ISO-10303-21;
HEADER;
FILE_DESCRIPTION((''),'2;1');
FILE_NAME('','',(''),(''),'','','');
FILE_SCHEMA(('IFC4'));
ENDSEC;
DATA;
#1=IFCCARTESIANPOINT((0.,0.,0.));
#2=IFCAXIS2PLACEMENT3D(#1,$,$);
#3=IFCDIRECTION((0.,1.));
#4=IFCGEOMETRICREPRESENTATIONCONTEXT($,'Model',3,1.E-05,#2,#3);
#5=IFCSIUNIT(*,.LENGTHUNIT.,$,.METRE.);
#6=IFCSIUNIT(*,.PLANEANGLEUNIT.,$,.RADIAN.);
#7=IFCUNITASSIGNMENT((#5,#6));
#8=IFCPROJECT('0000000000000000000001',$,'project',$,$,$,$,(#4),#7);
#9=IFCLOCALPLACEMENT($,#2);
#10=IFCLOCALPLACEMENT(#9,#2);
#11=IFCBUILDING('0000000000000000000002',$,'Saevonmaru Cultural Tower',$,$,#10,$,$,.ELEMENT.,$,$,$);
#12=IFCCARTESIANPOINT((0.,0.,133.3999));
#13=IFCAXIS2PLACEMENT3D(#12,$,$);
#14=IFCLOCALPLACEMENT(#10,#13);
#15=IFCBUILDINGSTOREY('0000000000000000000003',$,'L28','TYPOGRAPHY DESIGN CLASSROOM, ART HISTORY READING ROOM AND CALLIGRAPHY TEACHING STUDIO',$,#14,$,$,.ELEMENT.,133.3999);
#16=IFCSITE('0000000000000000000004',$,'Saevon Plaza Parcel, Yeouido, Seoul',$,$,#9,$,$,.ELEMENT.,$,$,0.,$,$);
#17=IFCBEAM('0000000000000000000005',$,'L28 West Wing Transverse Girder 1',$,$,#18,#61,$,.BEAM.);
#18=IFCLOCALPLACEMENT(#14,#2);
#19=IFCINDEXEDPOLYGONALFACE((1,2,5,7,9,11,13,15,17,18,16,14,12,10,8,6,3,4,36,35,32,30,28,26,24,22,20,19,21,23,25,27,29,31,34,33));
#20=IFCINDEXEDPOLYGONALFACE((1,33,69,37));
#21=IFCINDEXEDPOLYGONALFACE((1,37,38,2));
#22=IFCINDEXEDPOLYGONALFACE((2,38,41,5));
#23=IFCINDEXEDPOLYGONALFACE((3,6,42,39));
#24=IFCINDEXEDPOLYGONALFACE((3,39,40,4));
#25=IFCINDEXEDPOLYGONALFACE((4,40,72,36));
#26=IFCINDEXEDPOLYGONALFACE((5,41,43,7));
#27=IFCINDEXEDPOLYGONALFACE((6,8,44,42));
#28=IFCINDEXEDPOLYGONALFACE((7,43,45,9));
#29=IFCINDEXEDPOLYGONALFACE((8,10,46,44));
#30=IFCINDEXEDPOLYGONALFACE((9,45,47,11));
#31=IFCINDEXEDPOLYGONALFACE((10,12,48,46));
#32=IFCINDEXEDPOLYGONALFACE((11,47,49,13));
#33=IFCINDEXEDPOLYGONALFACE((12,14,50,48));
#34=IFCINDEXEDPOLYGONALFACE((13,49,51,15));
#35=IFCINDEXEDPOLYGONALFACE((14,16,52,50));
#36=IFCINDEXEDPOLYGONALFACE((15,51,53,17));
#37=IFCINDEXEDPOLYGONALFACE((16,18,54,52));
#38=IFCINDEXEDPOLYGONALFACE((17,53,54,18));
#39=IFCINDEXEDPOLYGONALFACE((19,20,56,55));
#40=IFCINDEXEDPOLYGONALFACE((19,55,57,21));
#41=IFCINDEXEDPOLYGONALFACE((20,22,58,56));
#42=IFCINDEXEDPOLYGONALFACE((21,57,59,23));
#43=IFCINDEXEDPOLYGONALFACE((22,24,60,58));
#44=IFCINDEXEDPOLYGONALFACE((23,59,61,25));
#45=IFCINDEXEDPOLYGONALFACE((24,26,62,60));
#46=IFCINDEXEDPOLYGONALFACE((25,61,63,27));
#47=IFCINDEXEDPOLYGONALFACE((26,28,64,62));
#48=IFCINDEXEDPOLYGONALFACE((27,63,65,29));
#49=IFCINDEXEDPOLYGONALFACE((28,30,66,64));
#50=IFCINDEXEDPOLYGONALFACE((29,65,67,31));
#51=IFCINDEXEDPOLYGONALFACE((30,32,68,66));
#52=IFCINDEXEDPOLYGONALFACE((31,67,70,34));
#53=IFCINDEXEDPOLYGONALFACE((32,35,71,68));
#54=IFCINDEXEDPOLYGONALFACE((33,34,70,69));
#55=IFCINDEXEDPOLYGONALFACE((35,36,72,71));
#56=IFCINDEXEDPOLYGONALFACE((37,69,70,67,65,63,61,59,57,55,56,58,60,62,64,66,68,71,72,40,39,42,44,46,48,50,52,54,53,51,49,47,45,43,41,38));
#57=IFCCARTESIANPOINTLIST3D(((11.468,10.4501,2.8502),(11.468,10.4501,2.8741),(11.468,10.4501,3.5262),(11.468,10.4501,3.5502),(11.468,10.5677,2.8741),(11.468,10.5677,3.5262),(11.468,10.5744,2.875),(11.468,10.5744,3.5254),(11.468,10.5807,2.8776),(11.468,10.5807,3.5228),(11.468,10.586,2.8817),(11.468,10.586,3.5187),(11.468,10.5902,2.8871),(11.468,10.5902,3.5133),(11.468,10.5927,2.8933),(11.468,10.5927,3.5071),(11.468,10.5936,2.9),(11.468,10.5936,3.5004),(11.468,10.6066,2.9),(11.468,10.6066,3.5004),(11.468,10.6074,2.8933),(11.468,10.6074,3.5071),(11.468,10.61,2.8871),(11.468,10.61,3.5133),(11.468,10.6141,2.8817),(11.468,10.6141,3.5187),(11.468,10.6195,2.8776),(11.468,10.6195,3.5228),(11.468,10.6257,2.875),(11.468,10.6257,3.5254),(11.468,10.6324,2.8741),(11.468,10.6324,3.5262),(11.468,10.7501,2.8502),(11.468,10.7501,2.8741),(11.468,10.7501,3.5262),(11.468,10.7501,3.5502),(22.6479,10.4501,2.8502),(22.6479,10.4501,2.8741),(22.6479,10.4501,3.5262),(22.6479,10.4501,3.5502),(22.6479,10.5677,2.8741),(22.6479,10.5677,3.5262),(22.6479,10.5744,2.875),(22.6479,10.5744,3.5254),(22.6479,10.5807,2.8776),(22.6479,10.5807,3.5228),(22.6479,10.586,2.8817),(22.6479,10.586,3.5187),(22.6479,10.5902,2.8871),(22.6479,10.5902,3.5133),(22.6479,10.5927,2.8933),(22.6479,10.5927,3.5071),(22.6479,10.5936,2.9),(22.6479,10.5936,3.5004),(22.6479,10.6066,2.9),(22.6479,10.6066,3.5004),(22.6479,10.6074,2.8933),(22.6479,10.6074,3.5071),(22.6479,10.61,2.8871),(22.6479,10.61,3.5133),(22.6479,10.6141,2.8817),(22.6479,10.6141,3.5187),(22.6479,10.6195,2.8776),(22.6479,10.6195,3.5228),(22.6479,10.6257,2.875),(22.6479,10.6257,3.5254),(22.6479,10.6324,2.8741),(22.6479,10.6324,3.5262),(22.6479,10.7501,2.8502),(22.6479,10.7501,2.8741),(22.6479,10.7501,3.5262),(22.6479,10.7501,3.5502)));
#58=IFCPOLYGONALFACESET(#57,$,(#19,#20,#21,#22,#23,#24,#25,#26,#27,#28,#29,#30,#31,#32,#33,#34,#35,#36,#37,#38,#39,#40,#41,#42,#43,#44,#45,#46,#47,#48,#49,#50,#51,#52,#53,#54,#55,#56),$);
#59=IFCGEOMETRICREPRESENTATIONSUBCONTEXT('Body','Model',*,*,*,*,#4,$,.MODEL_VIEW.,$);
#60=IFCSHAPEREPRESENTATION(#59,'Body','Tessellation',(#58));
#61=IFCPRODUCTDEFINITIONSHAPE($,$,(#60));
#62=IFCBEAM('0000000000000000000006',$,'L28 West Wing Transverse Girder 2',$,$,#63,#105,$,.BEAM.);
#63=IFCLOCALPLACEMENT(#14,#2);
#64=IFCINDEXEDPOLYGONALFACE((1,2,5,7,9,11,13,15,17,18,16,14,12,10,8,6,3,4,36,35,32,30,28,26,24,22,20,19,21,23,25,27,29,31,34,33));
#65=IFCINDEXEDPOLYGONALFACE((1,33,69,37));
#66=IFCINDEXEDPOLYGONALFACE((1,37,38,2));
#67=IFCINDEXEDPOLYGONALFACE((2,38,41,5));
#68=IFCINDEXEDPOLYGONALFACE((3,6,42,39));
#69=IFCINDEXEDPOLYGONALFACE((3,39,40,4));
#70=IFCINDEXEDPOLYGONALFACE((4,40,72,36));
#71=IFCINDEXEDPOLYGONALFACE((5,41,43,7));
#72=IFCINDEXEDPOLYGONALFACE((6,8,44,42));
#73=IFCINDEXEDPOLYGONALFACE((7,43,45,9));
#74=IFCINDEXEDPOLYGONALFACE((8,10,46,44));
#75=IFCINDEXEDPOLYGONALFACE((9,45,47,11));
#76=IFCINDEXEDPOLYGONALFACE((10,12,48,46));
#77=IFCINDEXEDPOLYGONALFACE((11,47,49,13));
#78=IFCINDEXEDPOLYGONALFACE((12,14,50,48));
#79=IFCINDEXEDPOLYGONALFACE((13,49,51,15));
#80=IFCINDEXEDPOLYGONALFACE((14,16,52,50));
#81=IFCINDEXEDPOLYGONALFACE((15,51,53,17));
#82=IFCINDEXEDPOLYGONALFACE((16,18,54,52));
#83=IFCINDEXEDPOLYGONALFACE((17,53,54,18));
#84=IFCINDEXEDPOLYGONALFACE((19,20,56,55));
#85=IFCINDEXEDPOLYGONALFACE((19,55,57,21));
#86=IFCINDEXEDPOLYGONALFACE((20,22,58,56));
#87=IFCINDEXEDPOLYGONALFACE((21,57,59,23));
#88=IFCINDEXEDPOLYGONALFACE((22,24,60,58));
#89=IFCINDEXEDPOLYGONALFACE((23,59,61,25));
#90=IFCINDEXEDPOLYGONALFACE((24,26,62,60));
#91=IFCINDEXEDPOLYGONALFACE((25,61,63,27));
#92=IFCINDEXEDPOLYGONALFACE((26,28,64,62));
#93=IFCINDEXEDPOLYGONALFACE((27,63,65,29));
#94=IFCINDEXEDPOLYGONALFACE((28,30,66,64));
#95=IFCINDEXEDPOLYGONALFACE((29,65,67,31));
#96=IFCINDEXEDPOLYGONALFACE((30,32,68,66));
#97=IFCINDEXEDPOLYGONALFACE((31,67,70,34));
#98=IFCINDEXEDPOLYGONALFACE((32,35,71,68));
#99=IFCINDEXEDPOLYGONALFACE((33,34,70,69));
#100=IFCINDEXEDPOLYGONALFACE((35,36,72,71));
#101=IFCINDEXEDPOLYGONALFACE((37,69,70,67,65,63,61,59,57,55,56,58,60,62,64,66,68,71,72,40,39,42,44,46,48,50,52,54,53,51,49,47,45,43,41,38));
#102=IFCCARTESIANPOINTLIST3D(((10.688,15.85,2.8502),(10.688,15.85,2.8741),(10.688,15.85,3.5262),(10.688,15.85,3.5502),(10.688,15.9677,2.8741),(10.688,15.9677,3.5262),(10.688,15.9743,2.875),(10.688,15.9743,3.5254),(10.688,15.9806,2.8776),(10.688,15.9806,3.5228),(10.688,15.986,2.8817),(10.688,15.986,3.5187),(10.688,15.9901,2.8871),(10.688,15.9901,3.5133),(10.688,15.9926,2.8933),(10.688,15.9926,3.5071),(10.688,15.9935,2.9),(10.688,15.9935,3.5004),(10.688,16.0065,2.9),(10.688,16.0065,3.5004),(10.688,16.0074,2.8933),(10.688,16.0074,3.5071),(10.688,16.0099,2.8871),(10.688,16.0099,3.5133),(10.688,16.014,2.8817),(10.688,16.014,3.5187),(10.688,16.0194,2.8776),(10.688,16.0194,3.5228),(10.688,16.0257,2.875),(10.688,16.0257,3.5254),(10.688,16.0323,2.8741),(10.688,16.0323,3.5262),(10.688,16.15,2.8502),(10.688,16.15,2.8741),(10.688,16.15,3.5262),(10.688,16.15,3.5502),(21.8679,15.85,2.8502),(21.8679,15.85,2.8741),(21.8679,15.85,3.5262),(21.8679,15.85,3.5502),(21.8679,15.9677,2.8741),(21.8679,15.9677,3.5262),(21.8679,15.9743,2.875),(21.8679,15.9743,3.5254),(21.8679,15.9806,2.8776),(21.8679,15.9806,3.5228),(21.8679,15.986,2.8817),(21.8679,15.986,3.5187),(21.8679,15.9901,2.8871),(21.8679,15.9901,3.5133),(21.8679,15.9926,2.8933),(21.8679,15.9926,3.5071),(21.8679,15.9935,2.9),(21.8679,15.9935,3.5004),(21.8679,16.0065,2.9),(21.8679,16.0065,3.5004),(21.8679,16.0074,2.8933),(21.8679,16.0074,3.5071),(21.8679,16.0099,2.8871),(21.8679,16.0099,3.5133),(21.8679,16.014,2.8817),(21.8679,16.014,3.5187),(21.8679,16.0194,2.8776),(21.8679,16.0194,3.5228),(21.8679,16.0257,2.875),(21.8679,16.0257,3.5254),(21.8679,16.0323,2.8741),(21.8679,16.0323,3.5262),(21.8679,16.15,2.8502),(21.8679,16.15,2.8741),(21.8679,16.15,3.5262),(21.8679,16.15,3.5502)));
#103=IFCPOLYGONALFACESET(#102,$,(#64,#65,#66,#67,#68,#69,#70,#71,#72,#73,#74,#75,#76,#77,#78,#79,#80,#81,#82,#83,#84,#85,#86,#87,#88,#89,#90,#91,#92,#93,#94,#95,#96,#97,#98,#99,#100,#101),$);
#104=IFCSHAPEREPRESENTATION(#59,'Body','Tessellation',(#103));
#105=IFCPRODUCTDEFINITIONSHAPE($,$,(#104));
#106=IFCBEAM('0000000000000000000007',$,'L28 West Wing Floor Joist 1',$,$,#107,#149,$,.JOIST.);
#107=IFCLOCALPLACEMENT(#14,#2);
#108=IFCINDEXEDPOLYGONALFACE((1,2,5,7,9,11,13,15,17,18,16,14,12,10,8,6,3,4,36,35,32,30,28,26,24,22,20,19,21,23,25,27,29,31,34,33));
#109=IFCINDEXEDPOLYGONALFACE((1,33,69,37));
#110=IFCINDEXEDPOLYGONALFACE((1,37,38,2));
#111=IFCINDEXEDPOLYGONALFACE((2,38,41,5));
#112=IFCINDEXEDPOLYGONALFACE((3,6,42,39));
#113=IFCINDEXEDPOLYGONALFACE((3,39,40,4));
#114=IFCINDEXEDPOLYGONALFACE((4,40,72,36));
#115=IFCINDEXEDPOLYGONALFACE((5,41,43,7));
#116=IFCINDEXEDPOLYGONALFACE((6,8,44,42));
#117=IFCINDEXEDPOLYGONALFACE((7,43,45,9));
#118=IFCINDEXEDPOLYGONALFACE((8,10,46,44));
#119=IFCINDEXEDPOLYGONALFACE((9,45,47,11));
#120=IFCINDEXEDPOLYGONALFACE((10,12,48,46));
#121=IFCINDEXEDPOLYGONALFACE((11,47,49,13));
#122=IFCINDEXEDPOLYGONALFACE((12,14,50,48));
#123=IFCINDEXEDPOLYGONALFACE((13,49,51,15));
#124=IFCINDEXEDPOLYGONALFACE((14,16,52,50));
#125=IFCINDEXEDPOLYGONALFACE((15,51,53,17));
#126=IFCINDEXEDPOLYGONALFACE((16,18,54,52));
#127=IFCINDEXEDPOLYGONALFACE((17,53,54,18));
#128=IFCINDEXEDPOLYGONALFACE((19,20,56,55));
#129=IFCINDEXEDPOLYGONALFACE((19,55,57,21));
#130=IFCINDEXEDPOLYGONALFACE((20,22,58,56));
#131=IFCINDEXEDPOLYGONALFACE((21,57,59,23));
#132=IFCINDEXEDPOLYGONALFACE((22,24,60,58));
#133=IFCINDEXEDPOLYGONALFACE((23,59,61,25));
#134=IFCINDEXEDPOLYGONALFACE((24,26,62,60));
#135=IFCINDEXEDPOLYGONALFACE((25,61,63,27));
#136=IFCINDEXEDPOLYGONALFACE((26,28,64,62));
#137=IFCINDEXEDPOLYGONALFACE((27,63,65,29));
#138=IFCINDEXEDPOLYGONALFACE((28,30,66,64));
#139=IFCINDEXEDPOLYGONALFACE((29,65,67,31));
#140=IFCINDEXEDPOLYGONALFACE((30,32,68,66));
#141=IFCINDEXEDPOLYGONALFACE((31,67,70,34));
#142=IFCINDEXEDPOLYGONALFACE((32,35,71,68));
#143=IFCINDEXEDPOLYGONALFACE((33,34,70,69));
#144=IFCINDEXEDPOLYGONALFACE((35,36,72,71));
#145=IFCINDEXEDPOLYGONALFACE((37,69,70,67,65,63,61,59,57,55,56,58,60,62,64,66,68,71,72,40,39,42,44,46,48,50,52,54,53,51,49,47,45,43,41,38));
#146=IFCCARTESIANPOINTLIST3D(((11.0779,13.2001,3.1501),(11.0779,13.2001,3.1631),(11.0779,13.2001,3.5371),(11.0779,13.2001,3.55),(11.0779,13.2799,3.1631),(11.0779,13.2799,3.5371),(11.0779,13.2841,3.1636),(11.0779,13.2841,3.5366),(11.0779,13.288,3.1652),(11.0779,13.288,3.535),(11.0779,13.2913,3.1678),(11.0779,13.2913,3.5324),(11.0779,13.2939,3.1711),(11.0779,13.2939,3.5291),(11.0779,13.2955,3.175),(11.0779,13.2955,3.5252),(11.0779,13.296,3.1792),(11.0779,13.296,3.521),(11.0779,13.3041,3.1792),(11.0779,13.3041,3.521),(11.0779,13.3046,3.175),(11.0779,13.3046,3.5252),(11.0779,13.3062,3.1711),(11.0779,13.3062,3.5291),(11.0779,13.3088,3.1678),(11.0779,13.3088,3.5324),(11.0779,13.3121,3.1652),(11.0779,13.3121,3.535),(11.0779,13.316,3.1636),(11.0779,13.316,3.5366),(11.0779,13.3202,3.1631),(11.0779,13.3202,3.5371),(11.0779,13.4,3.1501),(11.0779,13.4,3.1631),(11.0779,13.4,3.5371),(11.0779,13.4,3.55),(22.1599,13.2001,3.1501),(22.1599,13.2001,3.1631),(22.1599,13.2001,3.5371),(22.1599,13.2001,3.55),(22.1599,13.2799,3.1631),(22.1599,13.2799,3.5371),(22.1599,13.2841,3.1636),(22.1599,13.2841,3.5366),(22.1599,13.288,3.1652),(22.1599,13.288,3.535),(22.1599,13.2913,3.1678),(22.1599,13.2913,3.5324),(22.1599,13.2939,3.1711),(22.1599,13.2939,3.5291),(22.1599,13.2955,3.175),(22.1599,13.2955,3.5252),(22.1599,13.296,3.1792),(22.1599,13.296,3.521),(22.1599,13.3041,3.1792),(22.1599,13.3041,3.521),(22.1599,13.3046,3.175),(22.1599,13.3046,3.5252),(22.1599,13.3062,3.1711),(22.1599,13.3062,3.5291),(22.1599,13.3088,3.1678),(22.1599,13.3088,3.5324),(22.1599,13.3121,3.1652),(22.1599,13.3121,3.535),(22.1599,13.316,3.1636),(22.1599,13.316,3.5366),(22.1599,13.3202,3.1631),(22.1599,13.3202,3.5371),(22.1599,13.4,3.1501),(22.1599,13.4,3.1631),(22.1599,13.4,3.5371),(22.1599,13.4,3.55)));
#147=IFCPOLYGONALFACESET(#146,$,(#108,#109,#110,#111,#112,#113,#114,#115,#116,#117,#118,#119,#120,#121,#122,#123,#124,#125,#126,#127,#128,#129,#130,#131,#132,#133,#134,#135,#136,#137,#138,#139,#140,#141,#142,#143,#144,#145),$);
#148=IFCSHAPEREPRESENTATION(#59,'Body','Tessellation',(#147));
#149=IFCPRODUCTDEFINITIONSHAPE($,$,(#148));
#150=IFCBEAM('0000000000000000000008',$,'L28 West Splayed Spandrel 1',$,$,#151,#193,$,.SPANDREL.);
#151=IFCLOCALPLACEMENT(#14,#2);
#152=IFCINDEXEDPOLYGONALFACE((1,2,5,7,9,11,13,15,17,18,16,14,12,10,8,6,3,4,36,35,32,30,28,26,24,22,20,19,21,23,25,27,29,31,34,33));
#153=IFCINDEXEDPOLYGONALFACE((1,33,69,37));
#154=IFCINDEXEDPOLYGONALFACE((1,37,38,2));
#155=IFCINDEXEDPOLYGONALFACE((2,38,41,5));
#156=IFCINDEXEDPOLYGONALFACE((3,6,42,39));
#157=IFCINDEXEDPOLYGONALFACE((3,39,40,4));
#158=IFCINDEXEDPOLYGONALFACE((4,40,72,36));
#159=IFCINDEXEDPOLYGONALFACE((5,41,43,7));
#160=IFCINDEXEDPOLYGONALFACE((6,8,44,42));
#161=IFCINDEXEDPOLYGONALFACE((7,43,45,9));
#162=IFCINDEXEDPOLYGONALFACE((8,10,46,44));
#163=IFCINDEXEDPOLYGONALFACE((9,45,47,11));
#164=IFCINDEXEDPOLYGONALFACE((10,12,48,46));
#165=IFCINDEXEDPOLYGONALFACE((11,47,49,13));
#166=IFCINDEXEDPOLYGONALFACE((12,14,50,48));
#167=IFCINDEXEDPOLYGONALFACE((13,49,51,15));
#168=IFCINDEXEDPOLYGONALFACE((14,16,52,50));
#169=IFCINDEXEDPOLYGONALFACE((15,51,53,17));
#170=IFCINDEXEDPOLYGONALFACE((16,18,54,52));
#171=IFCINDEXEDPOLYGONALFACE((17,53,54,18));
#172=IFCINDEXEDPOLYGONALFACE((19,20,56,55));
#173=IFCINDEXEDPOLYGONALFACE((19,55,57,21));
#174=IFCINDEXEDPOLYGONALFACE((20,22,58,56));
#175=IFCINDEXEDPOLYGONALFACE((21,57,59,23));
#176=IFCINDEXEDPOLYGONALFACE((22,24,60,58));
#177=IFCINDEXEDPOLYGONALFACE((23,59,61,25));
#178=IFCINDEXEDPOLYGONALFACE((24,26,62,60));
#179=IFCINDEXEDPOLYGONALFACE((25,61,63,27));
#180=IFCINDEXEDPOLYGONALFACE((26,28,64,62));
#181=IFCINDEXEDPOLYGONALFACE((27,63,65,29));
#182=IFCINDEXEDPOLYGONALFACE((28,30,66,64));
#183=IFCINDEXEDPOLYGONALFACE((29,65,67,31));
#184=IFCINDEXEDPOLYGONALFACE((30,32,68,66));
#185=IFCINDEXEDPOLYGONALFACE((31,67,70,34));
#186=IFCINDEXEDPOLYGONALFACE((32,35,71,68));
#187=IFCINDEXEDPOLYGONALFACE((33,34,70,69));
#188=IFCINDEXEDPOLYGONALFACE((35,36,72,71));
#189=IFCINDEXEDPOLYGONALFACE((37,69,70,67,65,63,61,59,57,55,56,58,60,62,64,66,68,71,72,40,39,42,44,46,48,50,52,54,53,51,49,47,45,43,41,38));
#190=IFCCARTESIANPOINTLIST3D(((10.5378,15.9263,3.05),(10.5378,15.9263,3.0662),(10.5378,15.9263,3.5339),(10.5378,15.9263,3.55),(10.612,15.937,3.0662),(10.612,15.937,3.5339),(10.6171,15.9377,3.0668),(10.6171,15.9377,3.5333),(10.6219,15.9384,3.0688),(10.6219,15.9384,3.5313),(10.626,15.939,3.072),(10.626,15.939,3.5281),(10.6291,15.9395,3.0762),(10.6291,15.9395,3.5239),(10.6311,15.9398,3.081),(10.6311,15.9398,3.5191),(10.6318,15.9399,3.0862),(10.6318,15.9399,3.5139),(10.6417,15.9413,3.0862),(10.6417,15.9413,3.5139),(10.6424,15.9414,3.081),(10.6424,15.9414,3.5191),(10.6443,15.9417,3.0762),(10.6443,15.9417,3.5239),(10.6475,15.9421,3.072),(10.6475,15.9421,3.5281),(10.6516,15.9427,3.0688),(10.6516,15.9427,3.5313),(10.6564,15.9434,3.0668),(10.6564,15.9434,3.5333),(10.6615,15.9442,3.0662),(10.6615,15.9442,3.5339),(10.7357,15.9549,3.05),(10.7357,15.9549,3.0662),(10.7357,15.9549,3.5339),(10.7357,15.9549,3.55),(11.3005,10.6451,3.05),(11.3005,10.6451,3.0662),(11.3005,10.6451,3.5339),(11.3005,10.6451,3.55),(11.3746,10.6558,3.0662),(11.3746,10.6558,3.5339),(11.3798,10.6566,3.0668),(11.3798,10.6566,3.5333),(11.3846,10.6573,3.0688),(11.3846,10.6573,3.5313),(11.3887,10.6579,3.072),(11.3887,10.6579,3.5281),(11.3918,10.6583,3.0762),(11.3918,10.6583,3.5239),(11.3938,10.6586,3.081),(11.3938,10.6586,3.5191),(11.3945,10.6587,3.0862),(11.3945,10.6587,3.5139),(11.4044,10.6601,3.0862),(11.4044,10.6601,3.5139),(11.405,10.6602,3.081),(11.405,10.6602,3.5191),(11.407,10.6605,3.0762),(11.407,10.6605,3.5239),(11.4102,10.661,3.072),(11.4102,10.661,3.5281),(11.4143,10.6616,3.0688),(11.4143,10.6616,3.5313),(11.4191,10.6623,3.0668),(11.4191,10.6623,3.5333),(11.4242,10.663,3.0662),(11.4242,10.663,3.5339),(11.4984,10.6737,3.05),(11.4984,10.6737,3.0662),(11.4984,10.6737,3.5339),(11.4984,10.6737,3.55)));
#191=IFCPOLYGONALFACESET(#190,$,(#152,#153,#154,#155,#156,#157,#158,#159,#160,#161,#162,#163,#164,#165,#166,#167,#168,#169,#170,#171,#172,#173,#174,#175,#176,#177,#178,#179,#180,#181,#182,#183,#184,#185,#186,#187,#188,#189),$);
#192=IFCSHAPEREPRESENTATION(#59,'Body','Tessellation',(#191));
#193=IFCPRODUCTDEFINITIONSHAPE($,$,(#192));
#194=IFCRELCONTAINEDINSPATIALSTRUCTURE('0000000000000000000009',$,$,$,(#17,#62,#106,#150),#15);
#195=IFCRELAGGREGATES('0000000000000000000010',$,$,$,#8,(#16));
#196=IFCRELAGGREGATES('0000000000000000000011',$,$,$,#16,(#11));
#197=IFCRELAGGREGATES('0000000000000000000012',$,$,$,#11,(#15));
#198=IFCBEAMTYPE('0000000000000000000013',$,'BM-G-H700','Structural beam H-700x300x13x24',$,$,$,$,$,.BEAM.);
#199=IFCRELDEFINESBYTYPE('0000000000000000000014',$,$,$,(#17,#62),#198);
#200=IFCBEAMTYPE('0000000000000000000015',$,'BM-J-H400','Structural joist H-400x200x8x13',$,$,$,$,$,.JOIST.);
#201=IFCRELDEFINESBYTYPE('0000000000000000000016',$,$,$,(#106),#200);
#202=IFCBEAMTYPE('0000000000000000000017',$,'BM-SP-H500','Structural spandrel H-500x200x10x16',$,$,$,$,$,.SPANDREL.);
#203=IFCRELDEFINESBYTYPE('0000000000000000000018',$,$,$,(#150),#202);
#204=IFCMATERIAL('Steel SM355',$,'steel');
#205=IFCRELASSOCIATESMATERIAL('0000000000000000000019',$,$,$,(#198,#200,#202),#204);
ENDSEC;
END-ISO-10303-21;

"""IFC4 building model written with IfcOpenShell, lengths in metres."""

from ifc_helpers import new_model, si_unit, direction, frame, origin, origin_2d, place, context, subcontext, project, spatial, i_section, extrude, material, material_profile, profile_set, type_object, element, save


model = new_model("IFC4")

# Units and contexts
model_context = context("Model", 3, precision=1e-05, world=origin(), true_north=direction((0.0, 1.0)))
body_context = subcontext(model_context, "Body", "Model", "MODEL_VIEW")
ifc_project = project(units=[si_unit("LENGTHUNIT", "METRE"), si_unit("PLANEANGLEUNIT", "RADIAN")], contexts=[model_context])

# Site, building, storey
site_placement = place(None, origin())
site = spatial("IfcSite", under=ifc_project, at=site_placement, Name="Saevon Plaza Parcel, Yeouido, Seoul", CompositionType="ELEMENT", RefElevation=0.0)
building_placement = place(site_placement, origin())
building = spatial("IfcBuilding", under=site, at=building_placement, Name="Saevonmaru Cultural Tower", CompositionType="ELEMENT")
storey_placement = place(building_placement, frame((0.0, 0.0, 133.3999)))
storey = spatial("IfcBuildingStorey", under=building, at=storey_placement, Name="L28", Description="TYPOGRAPHY DESIGN CLASSROOM, ART HISTORY READING ROOM AND CALLIGRAPHY TEACHING STUDIO", CompositionType="ELEMENT", Elevation=133.3999)

# Shared definitions
ifc_material_1 = material(Name="Steel SM355", Category="steel")

# Beams
ifc_material_profile_1 = material_profile(ifc_material_1, i_section(OverallWidth=0.3, OverallDepth=0.7, WebThickness=0.0129, FlangeThickness=0.0239, FilletRadius=0.0259, at=origin_2d()), Name="H-700x300x13x24")
ifc_profile_set_1 = profile_set([ifc_material_profile_1], Name="Steel SM355")
beam_type_1 = type_object("IfcBeamType", Name="BM-G-H700", Description="Structural beam H-700x300x13x24", PredefinedType="BEAM", material=ifc_profile_set_1)
for number, where, z_axis, x_axis, name in (
    (1, (11.468, 10.6001, 3.2002), (1.0, 0.0, 0.0), (0.0, 1.0, 0.0), "L28 West Wing Transverse Girder 1"),
    (2, (10.688, 16.0, 3.2002), (1.0, 0.0, 0.0), (0.0, 1.0, 0.0), "L28 West Wing Transverse Girder 2"),
):
    element("IfcBeam", number, at=place(storey_placement, frame(where, z_axis=z_axis, x_axis=x_axis)), inside=storey, type_object=beam_type_1, Name=name, PredefinedType="BEAM", context=body_context, shape_type="SweptSolid", body=[
        extrude(i_section(OverallWidth=0.3, OverallDepth=0.7, WebThickness=0.0129, FlangeThickness=0.0239, FilletRadius=0.0259, at=origin_2d()), origin(), (0.0, 0.0, 1.0), 11.1799),
    ])
ifc_material_profile_2 = material_profile(ifc_material_1, i_section(OverallWidth=0.2, OverallDepth=0.3999, WebThickness=0.0081, FlangeThickness=0.0129, FilletRadius=0.0161, at=origin_2d()), Name="H-400x200x8x13")
ifc_profile_set_2 = profile_set([ifc_material_profile_2], Name="Steel SM355")
beam_type_2 = type_object("IfcBeamType", Name="BM-J-H400", Description="Structural joist H-400x200x8x13", PredefinedType="JOIST", material=ifc_profile_set_2)
beam_1_placement = place(storey_placement, frame((11.0779, 13.3, 3.3501), z_axis=(1.0, 0.0, 0.0), x_axis=(0.0, 1.0, 0.0)))
element("IfcBeam", 3, at=beam_1_placement, inside=storey, type_object=beam_type_2, Name="L28 West Wing Floor Joist 1", PredefinedType="JOIST", context=body_context, shape_type="SweptSolid", body=[
    extrude(i_section(OverallWidth=0.2, OverallDepth=0.3999, WebThickness=0.0081, FlangeThickness=0.0129, FilletRadius=0.0161, at=origin_2d()), origin(), (0.0, 0.0, 1.0), 11.082),
])
ifc_material_profile_3 = material_profile(ifc_material_1, i_section(OverallWidth=0.2, OverallDepth=0.5, WebThickness=0.01, FlangeThickness=0.0161, FilletRadius=0.02, at=origin_2d()), Name="H-500x200x10x16")
ifc_profile_set_3 = profile_set([ifc_material_profile_3], Name="Steel SM355")
beam_type_3 = type_object("IfcBeamType", Name="BM-SP-H500", Description="Structural spandrel H-500x200x10x16", PredefinedType="SPANDREL", material=ifc_profile_set_3)
beam_2_placement = place(storey_placement, frame((11.3994, 10.6594, 3.3), z_axis=(-0.142933, 0.989732, 0.0), x_axis=(-0.989732, -0.142933, 0.0)))
element("IfcBeam", 4, at=beam_2_placement, inside=storey, type_object=beam_type_3, Name="L28 West Splayed Spandrel 1", PredefinedType="SPANDREL", context=body_context, shape_type="SweptSolid", body=[
    extrude(i_section(OverallWidth=0.2, OverallDepth=0.5, WebThickness=0.01, FlangeThickness=0.0161, FilletRadius=0.02, at=origin_2d()), origin(), (0.0, 0.0, 1.0), 5.3359),
])

save(model, "model.ifc")
